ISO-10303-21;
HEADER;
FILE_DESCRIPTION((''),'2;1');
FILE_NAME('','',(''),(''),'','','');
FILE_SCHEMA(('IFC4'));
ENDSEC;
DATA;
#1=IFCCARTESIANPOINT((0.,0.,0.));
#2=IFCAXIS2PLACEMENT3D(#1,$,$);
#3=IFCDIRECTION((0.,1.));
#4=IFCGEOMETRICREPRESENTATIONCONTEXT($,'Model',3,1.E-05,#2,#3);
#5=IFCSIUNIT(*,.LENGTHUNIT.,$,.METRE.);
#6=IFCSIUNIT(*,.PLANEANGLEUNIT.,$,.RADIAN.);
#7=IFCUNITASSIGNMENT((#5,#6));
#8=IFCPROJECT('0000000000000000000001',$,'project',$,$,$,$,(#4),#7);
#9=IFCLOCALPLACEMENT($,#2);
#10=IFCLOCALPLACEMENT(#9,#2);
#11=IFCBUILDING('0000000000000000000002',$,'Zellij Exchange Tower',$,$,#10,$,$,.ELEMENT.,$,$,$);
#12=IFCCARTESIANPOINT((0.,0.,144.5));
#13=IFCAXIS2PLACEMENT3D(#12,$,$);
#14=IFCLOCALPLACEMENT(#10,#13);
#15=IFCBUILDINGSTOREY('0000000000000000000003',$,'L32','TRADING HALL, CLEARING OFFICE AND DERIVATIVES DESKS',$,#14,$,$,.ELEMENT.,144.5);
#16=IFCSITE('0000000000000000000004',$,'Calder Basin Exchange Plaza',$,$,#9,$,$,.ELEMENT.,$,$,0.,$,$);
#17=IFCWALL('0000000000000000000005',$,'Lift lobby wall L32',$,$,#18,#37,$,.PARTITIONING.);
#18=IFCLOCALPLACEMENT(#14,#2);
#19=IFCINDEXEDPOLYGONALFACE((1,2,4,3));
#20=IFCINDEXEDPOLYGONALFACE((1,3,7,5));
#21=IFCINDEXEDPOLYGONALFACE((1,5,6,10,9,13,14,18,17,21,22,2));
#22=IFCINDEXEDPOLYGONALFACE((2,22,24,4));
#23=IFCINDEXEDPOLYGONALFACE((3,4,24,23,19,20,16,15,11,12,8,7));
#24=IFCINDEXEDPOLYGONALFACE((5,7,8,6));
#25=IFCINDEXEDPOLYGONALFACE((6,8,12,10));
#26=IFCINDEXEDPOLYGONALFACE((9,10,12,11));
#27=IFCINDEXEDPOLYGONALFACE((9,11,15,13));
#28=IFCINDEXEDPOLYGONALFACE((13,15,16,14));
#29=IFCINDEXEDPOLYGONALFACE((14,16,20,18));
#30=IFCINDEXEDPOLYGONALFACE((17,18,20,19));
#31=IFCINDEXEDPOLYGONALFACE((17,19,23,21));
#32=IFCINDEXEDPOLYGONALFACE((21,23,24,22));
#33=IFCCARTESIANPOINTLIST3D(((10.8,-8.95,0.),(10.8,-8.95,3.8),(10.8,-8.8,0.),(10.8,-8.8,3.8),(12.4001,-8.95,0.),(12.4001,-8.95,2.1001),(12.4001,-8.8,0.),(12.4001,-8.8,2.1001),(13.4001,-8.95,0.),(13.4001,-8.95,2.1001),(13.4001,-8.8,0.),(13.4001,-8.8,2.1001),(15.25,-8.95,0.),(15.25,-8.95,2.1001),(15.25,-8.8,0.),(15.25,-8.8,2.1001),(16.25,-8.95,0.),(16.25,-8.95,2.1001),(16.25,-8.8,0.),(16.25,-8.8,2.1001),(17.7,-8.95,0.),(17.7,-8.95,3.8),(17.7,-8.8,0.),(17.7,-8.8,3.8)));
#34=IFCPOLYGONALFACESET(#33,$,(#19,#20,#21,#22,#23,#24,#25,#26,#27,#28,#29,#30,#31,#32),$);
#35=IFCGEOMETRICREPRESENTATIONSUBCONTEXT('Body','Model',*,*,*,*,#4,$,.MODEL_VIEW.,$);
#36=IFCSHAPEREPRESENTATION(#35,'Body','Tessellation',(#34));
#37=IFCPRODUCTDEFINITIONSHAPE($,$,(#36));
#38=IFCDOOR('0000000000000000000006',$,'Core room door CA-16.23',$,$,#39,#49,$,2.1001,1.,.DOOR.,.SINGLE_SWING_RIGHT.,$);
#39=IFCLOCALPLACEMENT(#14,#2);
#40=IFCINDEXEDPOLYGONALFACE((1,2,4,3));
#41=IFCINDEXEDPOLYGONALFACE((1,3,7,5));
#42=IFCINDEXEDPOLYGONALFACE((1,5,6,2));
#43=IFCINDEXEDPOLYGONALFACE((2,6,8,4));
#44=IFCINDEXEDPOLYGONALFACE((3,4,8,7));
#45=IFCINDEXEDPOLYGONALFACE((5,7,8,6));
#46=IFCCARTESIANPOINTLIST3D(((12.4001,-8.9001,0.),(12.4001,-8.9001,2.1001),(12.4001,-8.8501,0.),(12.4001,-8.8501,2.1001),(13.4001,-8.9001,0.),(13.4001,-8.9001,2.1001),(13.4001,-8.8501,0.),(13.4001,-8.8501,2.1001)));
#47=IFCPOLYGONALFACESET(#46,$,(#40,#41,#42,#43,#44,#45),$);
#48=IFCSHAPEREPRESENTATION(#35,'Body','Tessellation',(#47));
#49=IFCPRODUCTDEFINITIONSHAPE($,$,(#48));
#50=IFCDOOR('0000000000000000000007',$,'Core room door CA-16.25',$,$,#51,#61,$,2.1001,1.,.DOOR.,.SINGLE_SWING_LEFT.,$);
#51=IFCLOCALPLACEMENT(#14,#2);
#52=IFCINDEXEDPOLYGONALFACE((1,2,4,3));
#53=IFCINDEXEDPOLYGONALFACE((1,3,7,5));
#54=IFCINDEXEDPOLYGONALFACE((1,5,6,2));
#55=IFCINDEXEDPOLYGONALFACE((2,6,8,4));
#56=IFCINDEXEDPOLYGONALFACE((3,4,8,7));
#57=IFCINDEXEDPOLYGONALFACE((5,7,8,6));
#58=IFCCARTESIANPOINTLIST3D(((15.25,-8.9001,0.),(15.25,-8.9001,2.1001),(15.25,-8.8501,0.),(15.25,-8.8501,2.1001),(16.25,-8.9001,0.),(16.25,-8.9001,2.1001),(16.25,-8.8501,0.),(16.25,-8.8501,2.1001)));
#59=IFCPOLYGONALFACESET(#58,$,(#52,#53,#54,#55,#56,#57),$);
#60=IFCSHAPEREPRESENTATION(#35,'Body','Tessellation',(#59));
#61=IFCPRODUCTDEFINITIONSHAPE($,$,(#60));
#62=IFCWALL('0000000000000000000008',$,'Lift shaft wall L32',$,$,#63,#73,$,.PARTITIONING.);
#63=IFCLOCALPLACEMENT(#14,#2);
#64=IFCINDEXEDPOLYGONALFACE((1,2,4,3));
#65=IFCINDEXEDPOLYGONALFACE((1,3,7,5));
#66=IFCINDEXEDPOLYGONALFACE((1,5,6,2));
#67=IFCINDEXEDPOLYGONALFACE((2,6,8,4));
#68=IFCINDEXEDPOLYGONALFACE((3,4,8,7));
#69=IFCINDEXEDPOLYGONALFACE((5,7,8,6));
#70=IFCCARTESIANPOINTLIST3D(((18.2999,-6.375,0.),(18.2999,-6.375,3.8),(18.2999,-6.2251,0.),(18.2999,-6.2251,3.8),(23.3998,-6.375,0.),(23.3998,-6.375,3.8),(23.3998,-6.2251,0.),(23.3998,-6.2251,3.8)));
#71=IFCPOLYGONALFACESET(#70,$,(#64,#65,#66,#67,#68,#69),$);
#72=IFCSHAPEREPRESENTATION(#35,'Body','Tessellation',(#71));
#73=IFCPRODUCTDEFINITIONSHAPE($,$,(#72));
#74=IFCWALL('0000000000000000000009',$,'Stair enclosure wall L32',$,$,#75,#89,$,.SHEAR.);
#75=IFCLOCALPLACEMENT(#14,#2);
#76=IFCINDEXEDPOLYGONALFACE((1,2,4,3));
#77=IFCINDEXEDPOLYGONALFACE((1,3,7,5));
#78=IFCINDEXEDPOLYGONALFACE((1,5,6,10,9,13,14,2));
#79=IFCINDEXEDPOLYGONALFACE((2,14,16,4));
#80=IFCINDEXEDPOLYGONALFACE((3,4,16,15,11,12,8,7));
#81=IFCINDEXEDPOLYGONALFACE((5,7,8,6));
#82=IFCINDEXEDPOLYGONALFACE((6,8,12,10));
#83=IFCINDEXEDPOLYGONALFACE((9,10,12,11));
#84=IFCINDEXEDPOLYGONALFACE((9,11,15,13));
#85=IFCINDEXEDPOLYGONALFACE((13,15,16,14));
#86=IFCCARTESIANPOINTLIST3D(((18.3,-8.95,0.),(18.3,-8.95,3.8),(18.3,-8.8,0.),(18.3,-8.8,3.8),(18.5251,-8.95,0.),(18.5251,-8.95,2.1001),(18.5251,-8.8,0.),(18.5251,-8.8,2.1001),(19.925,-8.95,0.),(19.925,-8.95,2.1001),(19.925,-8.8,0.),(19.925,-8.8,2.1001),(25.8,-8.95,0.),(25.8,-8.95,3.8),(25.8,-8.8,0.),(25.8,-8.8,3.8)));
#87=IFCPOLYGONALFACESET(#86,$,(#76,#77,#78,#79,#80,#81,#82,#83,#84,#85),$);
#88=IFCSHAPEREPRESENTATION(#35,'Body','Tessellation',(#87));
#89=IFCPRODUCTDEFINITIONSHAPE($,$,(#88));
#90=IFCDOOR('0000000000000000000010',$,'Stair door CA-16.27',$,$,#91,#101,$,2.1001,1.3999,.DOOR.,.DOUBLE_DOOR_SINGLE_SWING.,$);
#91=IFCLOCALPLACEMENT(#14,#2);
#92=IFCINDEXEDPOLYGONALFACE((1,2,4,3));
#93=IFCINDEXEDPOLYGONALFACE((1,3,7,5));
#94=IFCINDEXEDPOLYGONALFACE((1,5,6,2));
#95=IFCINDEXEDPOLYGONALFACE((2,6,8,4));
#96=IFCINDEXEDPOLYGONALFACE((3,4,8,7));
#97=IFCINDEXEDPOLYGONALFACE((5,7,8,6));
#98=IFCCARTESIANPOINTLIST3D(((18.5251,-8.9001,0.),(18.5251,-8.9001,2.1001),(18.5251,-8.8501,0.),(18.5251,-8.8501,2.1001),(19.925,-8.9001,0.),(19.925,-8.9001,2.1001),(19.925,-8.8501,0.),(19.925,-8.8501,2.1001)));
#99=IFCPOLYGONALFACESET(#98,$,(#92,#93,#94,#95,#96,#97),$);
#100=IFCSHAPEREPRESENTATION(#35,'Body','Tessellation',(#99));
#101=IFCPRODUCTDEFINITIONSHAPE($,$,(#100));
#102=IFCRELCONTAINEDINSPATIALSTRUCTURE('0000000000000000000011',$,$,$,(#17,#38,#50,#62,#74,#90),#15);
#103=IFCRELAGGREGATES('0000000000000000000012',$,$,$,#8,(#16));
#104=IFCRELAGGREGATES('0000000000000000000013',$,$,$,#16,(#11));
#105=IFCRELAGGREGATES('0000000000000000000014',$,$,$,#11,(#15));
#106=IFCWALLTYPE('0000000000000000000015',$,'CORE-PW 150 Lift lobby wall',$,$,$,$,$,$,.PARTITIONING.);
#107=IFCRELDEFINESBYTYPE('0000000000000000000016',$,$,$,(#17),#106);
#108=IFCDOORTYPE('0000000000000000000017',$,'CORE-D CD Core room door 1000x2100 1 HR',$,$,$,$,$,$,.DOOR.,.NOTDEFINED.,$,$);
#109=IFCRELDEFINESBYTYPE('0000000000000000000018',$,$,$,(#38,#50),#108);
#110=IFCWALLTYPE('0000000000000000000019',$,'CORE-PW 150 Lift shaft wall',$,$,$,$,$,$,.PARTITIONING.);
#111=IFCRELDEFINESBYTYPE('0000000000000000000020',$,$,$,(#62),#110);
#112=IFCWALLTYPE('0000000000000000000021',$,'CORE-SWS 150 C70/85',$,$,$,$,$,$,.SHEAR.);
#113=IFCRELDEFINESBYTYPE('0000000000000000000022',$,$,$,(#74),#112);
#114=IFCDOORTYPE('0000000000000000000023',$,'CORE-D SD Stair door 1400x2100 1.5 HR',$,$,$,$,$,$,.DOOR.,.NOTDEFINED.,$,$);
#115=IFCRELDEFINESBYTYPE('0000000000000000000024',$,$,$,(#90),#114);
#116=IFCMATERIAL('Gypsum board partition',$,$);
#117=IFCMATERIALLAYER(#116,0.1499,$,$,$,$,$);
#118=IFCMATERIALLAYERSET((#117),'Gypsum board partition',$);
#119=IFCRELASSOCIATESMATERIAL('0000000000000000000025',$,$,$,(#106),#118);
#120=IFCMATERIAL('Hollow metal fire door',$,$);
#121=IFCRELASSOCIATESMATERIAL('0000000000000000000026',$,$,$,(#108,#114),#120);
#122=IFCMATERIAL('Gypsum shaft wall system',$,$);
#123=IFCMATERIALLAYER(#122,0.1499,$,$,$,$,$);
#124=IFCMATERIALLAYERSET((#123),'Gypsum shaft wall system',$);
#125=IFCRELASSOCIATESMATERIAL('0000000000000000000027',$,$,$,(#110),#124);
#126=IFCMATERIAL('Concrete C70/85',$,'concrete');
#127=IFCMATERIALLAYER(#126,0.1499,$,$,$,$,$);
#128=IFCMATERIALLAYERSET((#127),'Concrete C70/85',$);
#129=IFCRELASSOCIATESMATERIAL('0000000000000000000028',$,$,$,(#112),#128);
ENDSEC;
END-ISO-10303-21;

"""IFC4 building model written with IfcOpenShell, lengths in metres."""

from ifc_helpers import new_model, si_unit, direction, frame, frame_2d, origin, place, context, subcontext, project, spatial, rectangle, extrude, material, layer, layer_set, type_object, element, fill, save


model = new_model("IFC4")

# Units and contexts
model_context = context("Model", 3, precision=1e-05, world=origin(), true_north=direction((0.0, 1.0)))
body_context = subcontext(model_context, "Body", "Model", "MODEL_VIEW")
ifc_project = project(units=[si_unit("LENGTHUNIT", "METRE"), si_unit("PLANEANGLEUNIT", "RADIAN")], contexts=[model_context])

# Site, building, storey
site_placement = place(None, origin())
site = spatial("IfcSite", under=ifc_project, at=site_placement, Name="Calder Basin Exchange Plaza", CompositionType="ELEMENT", RefElevation=0.0)
building_placement = place(site_placement, origin())
building = spatial("IfcBuilding", under=site, at=building_placement, Name="Zellij Exchange Tower", CompositionType="ELEMENT")
storey_placement = place(building_placement, frame((0.0, 0.0, 144.5)))
storey = spatial("IfcBuildingStorey", under=building, at=storey_placement, Name="L32", Description="TRADING HALL, CLEARING OFFICE AND DERIVATIVES DESKS", CompositionType="ELEMENT", Elevation=144.5)

# Shared definitions
ifc_material_1 = material(Name="Concrete C70/85", Category="concrete")
ifc_material_2 = material(Name="Gypsum board partition")
ifc_layer_1 = layer(ifc_material_2, 0.1499)
ifc_layer_set_1 = layer_set([ifc_layer_1], Name="Gypsum board partition")
wall_type_1 = type_object("IfcWallType", Name="CORE-PW 150 Lift lobby wall", PredefinedType="PARTITIONING", material=ifc_layer_set_1)

# Wall, openings, doors
ifc_material_3 = material(Name="Hollow metal fire door")
door_type_1 = type_object("IfcDoorType", Name="CORE-D CD Core room door 1000x2100 1 HR", OperationType="NOTDEFINED", PredefinedType="DOOR", material=ifc_material_3)
wall_1_placement = place(storey_placement, frame((10.8, -8.875, 0.0), z_axis=(0.0, 0.0, 1.0), x_axis=(1.0, 0.0, 0.0)))
wall_1 = element("IfcWall", 1, at=wall_1_placement, inside=storey, type_object=wall_type_1, Name="Lift lobby wall L32", PredefinedType="PARTITIONING", context=body_context, shape_type="SweptSolid", body=[
    extrude(rectangle(XDim=6.8999, YDim=0.1499, at=frame_2d((3.45, 0.0))), origin(), (0.0, 0.0, 1.0), 3.8),
])
opening_1_placement = place(wall_1_placement, frame((1.6001, 0.0, 0.0)))
opening_1 = element("IfcOpeningElement", 2, at=opening_1_placement, cuts=wall_1, PredefinedType="OPENING", context=body_context, shape_type="SweptSolid", body=[
    extrude(rectangle(XDim=1.0, YDim=2.1001, at=frame_2d((0.5, 1.05))), frame((0.0, 0.0869, 0.0), z_axis=(0.0, -1.0, 0.0), x_axis=(1.0, 0.0, 0.0)), (0.0, 0.0, 1.0), 0.1738),
])
opening_2_placement = place(wall_1_placement, frame((4.45, 0.0, 0.0)))
opening_2 = element("IfcOpeningElement", 3, at=opening_2_placement, cuts=wall_1, PredefinedType="OPENING", context=body_context, shape_type="SweptSolid", body=[
    extrude(rectangle(XDim=1.0, YDim=2.1001, at=frame_2d((0.5, 1.05))), frame((0.0, 0.0869, 0.0), z_axis=(0.0, -1.0, 0.0), x_axis=(1.0, 0.0, 0.0)), (0.0, 0.0, 1.0), 0.1738),
])
door_1_placement = place(opening_1_placement, origin())
door_1 = element("IfcDoor", 4, at=door_1_placement, inside=storey, type_object=door_type_1, Name="Core room door CA-16.23", OperationType="SINGLE_SWING_RIGHT", OverallHeight=2.1001, OverallWidth=1.0, PredefinedType="DOOR", context=body_context, shape_type="SweptSolid", body=[
    extrude(rectangle(XDim=1.0, YDim=2.1001, at=frame_2d((0.5, 1.05))), frame((0.0, 0.0249, 0.0), z_axis=(0.0, -1.0, 0.0), x_axis=(1.0, 0.0, 0.0)), (0.0, 0.0, 1.0), 0.05),
])
fill(opening_1, door_1)
door_2_placement = place(opening_2_placement, origin())
door_2 = element("IfcDoor", 5, at=door_2_placement, inside=storey, type_object=door_type_1, Name="Core room door CA-16.25", OperationType="SINGLE_SWING_LEFT", OverallHeight=2.1001, OverallWidth=1.0, PredefinedType="DOOR", context=body_context, shape_type="SweptSolid", body=[
    extrude(rectangle(XDim=1.0, YDim=2.1001, at=frame_2d((0.5, 1.05))), frame((0.0, 0.0249, 0.0), z_axis=(0.0, -1.0, 0.0), x_axis=(1.0, 0.0, 0.0)), (0.0, 0.0, 1.0), 0.05),
])
fill(opening_2, door_2)

# Wall
ifc_material_4 = material(Name="Gypsum shaft wall system")
ifc_layer_2 = layer(ifc_material_4, 0.1499)
ifc_layer_set_2 = layer_set([ifc_layer_2], Name="Gypsum shaft wall system")
wall_type_2 = type_object("IfcWallType", Name="CORE-PW 150 Lift shaft wall", PredefinedType="PARTITIONING", material=ifc_layer_set_2)
wall_2_placement = place(storey_placement, frame((18.3, -6.3, 0.0), z_axis=(0.0, 0.0, 1.0), x_axis=(1.0, 0.0, 0.0)))
element("IfcWall", 6, at=wall_2_placement, inside=storey, type_object=wall_type_2, Name="Lift shaft wall L32", PredefinedType="PARTITIONING", context=body_context, shape_type="SweptSolid", body=[
    extrude(rectangle(XDim=5.0999, YDim=0.1499, at=frame_2d((2.5498, 0.0))), origin(), (0.0, 0.0, 1.0), 3.8),
])

# Wall, opening, door
ifc_layer_3 = layer(ifc_material_1, 0.1499)
ifc_layer_set_3 = layer_set([ifc_layer_3], Name="Concrete C70/85")
wall_type_3 = type_object("IfcWallType", Name="CORE-SWS 150 C70/85", PredefinedType="SHEAR", material=ifc_layer_set_3)
wall_3_placement = place(storey_placement, frame((18.3, -8.875, 0.0), z_axis=(0.0, 0.0, 1.0), x_axis=(1.0, 0.0, 0.0)))
wall_3 = element("IfcWall", 7, at=wall_3_placement, inside=storey, type_object=wall_type_3, Name="Stair enclosure wall L32", PredefinedType="SHEAR", context=body_context, shape_type="SweptSolid", body=[
    extrude(rectangle(XDim=7.5, YDim=0.1499, at=frame_2d((3.75, 0.0))), origin(), (0.0, 0.0, 1.0), 3.8),
])
opening_3_placement = place(wall_3_placement, frame((0.2251, 0.0, 0.0)))
opening_3 = element("IfcOpeningElement", 8, at=opening_3_placement, cuts=wall_3, PredefinedType="OPENING", context=body_context, shape_type="SweptSolid", body=[
    extrude(rectangle(XDim=1.3999, YDim=2.1001, at=frame_2d((0.7, 1.05))), frame((0.0, 0.0869, 0.0), z_axis=(0.0, -1.0, 0.0), x_axis=(1.0, 0.0, 0.0)), (0.0, 0.0, 1.0), 0.1738),
])
door_type_2 = type_object("IfcDoorType", Name="CORE-D SD Stair door 1400x2100 1.5 HR", OperationType="NOTDEFINED", PredefinedType="DOOR", material=ifc_material_3)
door_3_placement = place(opening_3_placement, origin())
door_3 = element("IfcDoor", 9, at=door_3_placement, inside=storey, type_object=door_type_2, Name="Stair door CA-16.27", OperationType="DOUBLE_DOOR_SINGLE_SWING", OverallHeight=2.1001, OverallWidth=1.3999, PredefinedType="DOOR", context=body_context, shape_type="SweptSolid", body=[
    extrude(rectangle(XDim=1.3999, YDim=2.1001, at=frame_2d((0.7, 1.05))), frame((0.0, 0.0249, 0.0), z_axis=(0.0, -1.0, 0.0), x_axis=(1.0, 0.0, 0.0)), (0.0, 0.0, 1.0), 0.05),
])
fill(opening_3, door_3)

save(model, "model.ifc")
